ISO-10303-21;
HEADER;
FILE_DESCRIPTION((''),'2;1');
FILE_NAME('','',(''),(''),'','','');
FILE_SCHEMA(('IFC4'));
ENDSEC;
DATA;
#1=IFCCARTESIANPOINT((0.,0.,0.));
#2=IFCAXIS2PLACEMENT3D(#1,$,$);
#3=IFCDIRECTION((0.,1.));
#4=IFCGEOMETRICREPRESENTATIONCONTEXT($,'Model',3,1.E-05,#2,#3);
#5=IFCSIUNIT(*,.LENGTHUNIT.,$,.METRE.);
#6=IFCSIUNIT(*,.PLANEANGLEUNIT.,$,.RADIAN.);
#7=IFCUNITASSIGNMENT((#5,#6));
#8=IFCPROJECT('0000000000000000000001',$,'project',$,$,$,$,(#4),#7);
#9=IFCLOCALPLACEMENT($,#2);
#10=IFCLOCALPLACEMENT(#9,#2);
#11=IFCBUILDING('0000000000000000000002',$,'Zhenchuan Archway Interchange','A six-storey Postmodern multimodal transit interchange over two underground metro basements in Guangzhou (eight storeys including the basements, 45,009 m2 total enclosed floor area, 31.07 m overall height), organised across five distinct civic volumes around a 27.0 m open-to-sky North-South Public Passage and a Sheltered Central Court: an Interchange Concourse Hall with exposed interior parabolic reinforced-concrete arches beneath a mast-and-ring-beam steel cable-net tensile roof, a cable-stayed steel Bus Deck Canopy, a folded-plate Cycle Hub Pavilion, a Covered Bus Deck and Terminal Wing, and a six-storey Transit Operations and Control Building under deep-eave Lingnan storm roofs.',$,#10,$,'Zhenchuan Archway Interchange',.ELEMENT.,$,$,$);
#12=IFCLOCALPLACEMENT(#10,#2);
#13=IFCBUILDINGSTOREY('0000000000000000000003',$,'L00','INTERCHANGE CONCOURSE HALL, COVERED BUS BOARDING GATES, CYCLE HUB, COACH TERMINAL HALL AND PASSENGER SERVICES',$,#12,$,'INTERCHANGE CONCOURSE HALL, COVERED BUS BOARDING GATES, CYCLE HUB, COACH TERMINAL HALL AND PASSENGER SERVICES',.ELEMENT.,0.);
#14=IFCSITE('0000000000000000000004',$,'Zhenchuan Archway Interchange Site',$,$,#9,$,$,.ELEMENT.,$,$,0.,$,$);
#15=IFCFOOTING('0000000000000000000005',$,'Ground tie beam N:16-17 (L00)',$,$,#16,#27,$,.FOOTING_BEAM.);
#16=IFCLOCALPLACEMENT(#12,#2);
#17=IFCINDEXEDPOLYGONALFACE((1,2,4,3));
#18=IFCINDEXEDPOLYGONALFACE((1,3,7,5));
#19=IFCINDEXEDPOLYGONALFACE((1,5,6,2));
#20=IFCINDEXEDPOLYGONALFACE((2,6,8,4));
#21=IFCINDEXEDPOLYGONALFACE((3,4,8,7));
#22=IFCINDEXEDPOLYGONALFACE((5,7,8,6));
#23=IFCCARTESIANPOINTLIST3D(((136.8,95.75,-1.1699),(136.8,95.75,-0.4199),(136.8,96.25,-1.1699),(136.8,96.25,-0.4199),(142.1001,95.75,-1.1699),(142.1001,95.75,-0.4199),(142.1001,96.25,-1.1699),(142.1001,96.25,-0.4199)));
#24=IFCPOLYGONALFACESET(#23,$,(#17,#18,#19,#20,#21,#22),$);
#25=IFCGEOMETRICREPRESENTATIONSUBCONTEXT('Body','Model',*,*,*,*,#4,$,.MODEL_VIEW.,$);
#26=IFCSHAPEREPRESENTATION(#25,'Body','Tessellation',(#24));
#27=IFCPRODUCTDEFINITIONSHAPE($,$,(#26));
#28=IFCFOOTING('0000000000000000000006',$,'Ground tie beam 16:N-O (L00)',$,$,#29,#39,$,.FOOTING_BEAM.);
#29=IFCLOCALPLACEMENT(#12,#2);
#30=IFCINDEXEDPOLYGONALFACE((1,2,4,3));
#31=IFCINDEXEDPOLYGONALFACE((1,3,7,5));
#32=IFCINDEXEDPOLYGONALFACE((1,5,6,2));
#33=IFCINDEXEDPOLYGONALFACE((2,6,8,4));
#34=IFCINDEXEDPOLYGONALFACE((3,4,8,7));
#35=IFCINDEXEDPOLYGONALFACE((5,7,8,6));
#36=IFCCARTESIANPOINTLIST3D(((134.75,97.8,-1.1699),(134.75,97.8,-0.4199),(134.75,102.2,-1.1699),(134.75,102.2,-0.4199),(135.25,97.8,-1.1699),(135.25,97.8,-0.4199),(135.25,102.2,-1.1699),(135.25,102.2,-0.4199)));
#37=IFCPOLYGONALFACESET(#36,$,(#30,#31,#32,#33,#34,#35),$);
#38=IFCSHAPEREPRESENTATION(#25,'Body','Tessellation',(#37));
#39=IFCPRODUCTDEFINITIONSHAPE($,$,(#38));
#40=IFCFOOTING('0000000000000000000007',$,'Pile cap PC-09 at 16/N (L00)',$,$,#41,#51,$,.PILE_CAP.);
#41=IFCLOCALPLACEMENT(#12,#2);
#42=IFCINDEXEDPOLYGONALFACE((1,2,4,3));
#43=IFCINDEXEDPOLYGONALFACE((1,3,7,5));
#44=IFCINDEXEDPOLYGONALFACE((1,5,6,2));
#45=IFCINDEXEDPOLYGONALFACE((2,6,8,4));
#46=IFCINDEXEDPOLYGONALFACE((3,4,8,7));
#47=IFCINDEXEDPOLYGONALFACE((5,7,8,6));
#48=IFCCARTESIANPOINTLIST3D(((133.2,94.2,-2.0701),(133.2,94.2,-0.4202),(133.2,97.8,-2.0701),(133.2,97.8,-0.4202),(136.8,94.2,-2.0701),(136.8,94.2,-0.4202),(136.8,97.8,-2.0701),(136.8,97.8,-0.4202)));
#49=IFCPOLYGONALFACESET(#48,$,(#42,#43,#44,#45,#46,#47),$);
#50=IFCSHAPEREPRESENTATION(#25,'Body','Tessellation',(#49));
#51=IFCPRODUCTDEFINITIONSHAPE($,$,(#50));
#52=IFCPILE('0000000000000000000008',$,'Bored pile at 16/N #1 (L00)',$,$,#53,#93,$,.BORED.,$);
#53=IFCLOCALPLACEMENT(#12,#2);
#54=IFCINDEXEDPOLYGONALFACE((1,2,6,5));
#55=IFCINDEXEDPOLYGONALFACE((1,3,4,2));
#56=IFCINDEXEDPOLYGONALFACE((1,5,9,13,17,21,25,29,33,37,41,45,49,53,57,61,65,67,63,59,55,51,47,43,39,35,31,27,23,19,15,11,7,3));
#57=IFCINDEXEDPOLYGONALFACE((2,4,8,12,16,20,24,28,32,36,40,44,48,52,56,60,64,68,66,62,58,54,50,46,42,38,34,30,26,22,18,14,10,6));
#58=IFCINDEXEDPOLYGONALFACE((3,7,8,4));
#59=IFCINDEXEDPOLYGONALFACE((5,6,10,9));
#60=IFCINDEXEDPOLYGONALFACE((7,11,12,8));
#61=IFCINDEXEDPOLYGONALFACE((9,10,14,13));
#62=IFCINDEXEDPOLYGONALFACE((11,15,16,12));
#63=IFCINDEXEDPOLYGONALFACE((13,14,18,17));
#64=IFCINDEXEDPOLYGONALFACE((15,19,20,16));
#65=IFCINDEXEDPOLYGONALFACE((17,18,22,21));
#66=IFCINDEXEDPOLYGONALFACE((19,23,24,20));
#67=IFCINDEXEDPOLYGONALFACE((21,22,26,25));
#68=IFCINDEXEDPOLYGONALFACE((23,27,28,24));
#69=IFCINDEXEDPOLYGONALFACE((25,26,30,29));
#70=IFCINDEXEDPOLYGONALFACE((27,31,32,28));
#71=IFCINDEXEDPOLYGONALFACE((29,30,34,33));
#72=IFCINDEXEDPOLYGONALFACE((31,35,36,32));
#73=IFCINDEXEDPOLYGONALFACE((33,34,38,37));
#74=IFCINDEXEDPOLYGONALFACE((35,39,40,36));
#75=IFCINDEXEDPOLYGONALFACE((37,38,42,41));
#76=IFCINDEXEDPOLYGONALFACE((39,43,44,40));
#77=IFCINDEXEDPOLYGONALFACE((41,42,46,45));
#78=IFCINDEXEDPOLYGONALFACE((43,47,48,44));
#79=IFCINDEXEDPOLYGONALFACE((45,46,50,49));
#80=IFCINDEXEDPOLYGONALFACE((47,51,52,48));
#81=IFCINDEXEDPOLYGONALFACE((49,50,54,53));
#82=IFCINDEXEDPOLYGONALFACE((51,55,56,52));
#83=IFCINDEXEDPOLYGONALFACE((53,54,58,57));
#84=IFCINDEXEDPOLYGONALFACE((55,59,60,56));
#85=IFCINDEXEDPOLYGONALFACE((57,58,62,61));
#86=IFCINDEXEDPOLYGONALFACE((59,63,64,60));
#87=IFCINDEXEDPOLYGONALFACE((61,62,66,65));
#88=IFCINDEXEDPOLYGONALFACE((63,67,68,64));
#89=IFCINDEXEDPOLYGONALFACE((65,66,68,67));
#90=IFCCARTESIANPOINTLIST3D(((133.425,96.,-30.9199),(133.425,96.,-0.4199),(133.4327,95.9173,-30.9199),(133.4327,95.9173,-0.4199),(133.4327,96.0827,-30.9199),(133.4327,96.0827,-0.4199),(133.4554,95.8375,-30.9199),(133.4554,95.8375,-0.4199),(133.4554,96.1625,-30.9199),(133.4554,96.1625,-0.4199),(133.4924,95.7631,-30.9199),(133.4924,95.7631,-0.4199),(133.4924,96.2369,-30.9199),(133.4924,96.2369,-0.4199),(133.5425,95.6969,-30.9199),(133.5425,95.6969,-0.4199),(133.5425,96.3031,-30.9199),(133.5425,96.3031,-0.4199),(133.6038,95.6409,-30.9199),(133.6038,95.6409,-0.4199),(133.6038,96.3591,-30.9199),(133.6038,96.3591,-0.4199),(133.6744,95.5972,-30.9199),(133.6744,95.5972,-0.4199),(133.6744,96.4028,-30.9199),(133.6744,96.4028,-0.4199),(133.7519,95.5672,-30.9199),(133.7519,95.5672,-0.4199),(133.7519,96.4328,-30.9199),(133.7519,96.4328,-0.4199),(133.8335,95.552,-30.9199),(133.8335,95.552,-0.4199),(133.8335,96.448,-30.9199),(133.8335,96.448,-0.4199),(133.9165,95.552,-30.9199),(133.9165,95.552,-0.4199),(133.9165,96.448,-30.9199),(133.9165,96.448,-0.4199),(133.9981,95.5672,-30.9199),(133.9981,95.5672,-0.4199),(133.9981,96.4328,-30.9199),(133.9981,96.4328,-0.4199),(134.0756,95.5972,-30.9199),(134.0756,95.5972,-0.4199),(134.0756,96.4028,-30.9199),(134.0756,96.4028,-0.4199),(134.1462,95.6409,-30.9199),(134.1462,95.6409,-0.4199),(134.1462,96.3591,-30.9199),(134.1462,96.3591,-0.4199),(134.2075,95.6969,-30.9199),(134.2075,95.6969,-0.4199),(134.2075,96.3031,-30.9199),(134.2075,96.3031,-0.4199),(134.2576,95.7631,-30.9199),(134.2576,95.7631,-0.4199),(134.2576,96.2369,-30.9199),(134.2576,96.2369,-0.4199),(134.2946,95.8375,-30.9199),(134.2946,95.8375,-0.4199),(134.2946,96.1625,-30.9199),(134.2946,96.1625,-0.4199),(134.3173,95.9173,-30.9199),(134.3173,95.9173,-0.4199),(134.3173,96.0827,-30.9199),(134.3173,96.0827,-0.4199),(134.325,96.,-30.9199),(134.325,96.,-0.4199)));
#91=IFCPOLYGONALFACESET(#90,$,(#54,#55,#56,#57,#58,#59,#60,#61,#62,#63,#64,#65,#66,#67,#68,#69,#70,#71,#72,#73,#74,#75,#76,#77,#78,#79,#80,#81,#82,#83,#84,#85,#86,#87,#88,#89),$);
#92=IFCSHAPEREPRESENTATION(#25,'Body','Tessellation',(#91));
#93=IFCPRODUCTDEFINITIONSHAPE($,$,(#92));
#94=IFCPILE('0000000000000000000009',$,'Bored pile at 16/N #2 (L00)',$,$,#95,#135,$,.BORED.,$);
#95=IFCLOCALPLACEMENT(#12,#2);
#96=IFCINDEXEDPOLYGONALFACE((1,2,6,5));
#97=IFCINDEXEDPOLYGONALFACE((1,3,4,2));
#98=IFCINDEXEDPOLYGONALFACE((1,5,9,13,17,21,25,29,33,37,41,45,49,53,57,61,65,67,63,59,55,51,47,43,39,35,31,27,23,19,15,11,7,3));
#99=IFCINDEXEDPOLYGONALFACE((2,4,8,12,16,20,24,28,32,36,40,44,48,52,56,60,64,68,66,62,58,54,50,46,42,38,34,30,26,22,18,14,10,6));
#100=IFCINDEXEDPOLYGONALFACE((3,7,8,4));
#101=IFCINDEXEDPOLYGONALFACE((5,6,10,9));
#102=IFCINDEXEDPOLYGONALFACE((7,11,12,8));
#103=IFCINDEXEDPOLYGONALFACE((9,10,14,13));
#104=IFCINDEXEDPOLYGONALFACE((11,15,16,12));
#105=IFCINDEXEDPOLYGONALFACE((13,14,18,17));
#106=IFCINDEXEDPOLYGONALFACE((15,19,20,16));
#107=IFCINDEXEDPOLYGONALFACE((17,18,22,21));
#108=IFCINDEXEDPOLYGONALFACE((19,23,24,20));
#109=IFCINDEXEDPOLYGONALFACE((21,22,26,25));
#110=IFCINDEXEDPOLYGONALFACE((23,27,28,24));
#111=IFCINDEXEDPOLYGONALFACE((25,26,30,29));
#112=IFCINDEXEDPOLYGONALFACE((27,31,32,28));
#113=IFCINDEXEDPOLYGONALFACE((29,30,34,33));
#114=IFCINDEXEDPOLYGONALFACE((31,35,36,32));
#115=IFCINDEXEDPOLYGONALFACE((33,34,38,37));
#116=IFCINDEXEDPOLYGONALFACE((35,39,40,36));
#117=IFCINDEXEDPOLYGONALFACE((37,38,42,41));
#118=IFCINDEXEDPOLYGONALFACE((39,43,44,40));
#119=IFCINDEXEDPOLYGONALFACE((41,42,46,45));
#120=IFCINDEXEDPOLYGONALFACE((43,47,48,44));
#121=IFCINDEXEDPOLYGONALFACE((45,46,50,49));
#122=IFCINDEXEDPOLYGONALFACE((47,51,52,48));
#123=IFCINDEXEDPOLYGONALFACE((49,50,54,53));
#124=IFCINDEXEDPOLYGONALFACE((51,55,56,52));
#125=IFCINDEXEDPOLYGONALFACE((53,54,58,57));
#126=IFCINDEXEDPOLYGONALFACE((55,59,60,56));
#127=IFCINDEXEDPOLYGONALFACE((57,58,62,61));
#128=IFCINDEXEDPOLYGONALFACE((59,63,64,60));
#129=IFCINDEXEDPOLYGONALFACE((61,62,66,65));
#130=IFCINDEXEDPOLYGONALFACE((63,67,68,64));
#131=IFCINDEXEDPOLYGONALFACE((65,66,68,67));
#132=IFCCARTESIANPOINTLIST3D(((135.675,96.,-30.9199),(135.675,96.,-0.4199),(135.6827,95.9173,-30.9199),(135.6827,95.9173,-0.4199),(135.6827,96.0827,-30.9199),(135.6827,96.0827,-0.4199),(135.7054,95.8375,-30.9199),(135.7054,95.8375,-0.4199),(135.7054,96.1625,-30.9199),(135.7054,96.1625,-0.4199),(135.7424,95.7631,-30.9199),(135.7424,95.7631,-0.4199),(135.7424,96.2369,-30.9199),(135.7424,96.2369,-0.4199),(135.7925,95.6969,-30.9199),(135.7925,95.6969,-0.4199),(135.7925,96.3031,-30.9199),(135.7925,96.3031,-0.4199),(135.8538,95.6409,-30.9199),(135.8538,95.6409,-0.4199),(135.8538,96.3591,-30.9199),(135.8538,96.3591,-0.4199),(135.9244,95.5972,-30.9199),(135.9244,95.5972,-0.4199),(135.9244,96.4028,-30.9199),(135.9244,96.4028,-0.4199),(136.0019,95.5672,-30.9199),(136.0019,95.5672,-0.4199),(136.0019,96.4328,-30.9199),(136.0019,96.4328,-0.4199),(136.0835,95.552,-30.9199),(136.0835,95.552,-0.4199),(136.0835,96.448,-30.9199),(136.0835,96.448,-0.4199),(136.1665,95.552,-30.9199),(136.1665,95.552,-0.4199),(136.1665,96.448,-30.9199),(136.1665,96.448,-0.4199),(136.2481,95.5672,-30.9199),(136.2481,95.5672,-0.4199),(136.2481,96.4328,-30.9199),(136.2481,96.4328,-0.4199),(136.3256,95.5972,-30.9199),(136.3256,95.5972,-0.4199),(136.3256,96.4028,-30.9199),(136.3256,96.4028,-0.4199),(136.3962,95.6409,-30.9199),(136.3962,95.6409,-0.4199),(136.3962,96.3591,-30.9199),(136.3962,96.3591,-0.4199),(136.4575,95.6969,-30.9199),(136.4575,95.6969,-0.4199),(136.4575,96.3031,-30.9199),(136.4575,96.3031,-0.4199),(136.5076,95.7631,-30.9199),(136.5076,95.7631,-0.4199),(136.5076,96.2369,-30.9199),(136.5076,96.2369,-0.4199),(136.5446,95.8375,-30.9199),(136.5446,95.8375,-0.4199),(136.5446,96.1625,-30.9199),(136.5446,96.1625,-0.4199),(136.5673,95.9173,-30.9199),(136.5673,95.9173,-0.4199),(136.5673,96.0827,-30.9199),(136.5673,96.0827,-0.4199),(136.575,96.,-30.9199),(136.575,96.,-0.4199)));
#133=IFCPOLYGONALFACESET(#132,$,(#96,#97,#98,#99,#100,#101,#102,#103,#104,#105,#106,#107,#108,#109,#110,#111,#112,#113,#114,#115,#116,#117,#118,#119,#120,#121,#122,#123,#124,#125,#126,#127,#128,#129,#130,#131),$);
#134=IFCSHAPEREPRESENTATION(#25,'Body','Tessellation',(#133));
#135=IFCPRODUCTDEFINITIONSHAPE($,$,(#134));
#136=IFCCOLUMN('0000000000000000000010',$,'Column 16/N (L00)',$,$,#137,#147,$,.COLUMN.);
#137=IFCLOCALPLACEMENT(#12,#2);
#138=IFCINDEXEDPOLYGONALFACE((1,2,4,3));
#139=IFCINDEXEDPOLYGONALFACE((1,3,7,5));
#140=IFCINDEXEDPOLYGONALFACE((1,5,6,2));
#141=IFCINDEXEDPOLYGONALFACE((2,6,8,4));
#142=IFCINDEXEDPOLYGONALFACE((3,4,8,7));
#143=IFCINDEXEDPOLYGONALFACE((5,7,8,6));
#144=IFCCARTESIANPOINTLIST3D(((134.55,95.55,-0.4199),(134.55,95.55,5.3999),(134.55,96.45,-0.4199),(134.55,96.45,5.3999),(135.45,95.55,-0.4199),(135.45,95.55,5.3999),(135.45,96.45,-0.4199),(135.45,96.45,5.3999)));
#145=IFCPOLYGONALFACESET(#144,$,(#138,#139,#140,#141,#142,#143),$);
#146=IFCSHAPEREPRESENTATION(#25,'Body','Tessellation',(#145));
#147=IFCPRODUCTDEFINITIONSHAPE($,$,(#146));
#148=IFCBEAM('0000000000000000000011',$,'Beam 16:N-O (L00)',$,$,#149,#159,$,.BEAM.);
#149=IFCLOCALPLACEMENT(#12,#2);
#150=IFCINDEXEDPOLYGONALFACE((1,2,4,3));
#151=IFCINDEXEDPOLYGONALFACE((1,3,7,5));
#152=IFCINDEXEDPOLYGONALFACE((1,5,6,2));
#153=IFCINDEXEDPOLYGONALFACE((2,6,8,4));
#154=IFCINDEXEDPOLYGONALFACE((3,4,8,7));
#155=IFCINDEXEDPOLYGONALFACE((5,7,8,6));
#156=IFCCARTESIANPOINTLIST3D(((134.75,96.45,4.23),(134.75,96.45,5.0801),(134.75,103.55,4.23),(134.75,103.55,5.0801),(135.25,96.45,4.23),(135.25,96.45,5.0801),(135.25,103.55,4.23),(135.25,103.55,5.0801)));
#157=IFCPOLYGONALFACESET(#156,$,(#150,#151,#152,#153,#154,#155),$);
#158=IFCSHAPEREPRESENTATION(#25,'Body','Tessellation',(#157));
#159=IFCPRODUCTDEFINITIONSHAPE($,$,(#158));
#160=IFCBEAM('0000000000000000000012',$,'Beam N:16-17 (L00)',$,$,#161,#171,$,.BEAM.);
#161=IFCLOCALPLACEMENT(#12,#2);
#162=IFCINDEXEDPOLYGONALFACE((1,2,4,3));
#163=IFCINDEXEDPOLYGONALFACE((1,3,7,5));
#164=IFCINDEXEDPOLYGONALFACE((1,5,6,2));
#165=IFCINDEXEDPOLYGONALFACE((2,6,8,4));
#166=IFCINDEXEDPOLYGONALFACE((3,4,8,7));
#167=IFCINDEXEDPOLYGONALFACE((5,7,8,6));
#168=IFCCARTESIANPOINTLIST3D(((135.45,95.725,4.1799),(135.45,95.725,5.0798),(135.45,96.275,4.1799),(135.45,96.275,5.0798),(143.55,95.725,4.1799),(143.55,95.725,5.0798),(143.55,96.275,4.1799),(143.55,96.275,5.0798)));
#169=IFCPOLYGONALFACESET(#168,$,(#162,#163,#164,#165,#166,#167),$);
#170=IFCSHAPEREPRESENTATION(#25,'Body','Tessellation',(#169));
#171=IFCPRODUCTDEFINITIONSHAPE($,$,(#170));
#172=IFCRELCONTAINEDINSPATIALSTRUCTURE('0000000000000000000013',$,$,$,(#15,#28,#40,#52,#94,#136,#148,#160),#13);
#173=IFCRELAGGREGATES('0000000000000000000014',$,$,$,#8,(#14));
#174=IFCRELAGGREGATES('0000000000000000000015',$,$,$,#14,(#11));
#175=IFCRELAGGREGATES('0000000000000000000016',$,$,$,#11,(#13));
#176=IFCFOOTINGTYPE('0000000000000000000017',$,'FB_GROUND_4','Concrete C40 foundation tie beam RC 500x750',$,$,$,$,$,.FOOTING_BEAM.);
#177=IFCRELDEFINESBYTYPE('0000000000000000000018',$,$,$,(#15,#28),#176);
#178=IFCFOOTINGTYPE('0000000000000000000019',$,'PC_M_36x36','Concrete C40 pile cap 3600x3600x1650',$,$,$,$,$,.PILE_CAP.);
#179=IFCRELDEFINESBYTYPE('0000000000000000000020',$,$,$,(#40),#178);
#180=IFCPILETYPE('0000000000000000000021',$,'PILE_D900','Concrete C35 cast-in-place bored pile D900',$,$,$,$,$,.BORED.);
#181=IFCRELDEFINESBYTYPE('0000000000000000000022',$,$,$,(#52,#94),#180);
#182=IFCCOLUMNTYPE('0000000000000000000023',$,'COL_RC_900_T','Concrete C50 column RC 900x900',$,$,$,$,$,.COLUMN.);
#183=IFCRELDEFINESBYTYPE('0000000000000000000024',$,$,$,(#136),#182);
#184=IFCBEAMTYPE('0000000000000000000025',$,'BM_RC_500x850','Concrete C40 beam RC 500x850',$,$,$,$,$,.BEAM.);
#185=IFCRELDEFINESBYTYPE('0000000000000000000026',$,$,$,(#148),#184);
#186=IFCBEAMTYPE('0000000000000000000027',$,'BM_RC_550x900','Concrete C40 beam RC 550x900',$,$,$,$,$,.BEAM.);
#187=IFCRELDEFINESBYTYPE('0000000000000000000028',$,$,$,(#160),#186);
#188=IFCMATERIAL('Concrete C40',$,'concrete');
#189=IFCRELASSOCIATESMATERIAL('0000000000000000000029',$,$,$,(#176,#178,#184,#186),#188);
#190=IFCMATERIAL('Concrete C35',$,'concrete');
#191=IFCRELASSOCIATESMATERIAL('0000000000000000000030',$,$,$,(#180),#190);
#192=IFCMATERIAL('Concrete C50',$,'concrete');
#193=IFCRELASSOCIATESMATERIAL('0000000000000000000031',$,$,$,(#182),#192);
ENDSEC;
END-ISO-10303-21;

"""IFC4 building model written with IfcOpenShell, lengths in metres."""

from ifc_helpers import new_model, si_unit, direction, frame, origin, origin_2d, place, context, subcontext, project, spatial, rectangle, circle, extrude, material, material_profile, profile_set, type_object, element, save


model = new_model("IFC4")

# Units and contexts
model_context = context("Model", 3, precision=1e-05, world=origin(), true_north=direction((0.0, 1.0)))
body_context = subcontext(model_context, "Body", "Model", "MODEL_VIEW")
ifc_project = project(units=[si_unit("LENGTHUNIT", "METRE"), si_unit("PLANEANGLEUNIT", "RADIAN")], contexts=[model_context])

# Site, building, storey
site_placement = place(None, origin())
site = spatial("IfcSite", under=ifc_project, at=site_placement, Name="Zhenchuan Archway Interchange Site", CompositionType="ELEMENT", RefElevation=0.0)
building_placement = place(site_placement, origin())
building = spatial("IfcBuilding", under=site, at=building_placement, Name="Zhenchuan Archway Interchange", Description="A six-storey Postmodern multimodal transit interchange over two underground metro basements in Guangzhou (eight storeys including the basements, 45,009 m2 total enclosed floor area, 31.07 m overall height), organised across five distinct civic volumes around a 27.0 m open-to-sky North-South Public Passage and a Sheltered Central Court: an Interchange Concourse Hall with exposed interior parabolic reinforced-concrete arches beneath a mast-and-ring-beam steel cable-net tensile roof, a cable-stayed steel Bus Deck Canopy, a folded-plate Cycle Hub Pavilion, a Covered Bus Deck and Terminal Wing, and a six-storey Transit Operations and Control Building under deep-eave Lingnan storm roofs.", LongName="Zhenchuan Archway Interchange", CompositionType="ELEMENT")
storey_placement = place(building_placement, origin())
storey = spatial("IfcBuildingStorey", under=building, at=storey_placement, Name="L00", Description="INTERCHANGE CONCOURSE HALL, COVERED BUS BOARDING GATES, CYCLE HUB, COACH TERMINAL HALL AND PASSENGER SERVICES", LongName="INTERCHANGE CONCOURSE HALL, COVERED BUS BOARDING GATES, CYCLE HUB, COACH TERMINAL HALL AND PASSENGER SERVICES", CompositionType="ELEMENT", Elevation=0.0)

# Footings
ifc_material_1 = material(Name="Concrete C40", Category="concrete")
ifc_material_profile_1 = material_profile(ifc_material_1, rectangle(XDim=0.5, YDim=0.75, at=origin_2d()), Name="RC 500x750")
ifc_profile_set_1 = profile_set([ifc_material_profile_1], Name="Concrete C40")
footing_type_1 = type_object("IfcFootingType", Name="FB_GROUND_4", Description="Concrete C40 foundation tie beam RC 500x750", PredefinedType="FOOTING_BEAM", material=ifc_profile_set_1)
footing_1_placement = place(storey_placement, frame((136.8, 96.0, -0.7949), z_axis=(1.0, 0.0, 0.0), x_axis=(0.0, 1.0, 0.0)))
element("IfcFooting", 1, at=footing_1_placement, inside=storey, type_object=footing_type_1, Name="Ground tie beam N:16-17 (L00)", PredefinedType="FOOTING_BEAM", context=body_context, shape_type="SweptSolid", body=[
    extrude(rectangle(XDim=0.5, YDim=0.75, at=origin_2d()), origin(), (0.0, 0.0, 1.0), 5.3),
])
footing_2_placement = place(storey_placement, frame((135.0, 97.8, -0.7949), z_axis=(0.0, 1.0, 0.0), x_axis=(-1.0, 0.0, 0.0)))
element("IfcFooting", 2, at=footing_2_placement, inside=storey, type_object=footing_type_1, Name="Ground tie beam 16:N-O (L00)", PredefinedType="FOOTING_BEAM", context=body_context, shape_type="SweptSolid", body=[
    extrude(rectangle(XDim=0.5, YDim=0.75, at=origin_2d()), origin(), (0.0, 0.0, 1.0), 4.3999),
])
footing_type_2 = type_object("IfcFootingType", Name="PC_M_36x36", Description="Concrete C40 pile cap 3600x3600x1650", PredefinedType="PILE_CAP", material=ifc_material_1)
footing_3_placement = place(storey_placement, frame((135.0, 96.0, -2.0701), z_axis=(0.0, 0.0, 1.0), x_axis=(1.0, 0.0, 0.0)))
element("IfcFooting", 3, at=footing_3_placement, inside=storey, type_object=footing_type_2, Name="Pile cap PC-09 at 16/N (L00)", PredefinedType="PILE_CAP", context=body_context, shape_type="SweptSolid", body=[
    extrude(rectangle(XDim=3.6001, YDim=3.6001, at=origin_2d()), origin(), (0.0, 0.0, 1.0), 1.6499),
])

# Piles
ifc_material_2 = material(Name="Concrete C35", Category="concrete")
ifc_material_profile_2 = material_profile(ifc_material_2, circle(Radius=0.45, at=origin_2d()), Name="BORED PILE 900")
ifc_profile_set_2 = profile_set([ifc_material_profile_2], Name="Concrete C35")
pile_type = type_object("IfcPileType", Name="PILE_D900", Description="Concrete C35 cast-in-place bored pile D900", PredefinedType="BORED", material=ifc_profile_set_2)
for number, where, z_axis, x_axis, name in (
    (4, (133.875, 96.0, -0.4199), (0.0, 0.0, -1.0), (1.0, 0.0, 0.0), "Bored pile at 16/N #1 (L00)"),
    (5, (136.125, 96.0, -0.4199), (0.0, 0.0, -1.0), (1.0, 0.0, 0.0), "Bored pile at 16/N #2 (L00)"),
):
    element("IfcPile", number, at=place(storey_placement, frame(where, z_axis=z_axis, x_axis=x_axis)), inside=storey, type_object=pile_type, Name=name, PredefinedType="BORED", context=body_context, shape_type="SweptSolid", body=[
        extrude(circle(Radius=0.45, at=origin_2d()), origin(), (0.0, 0.0, 1.0), 30.5),
    ])

# Column
ifc_material_3 = material(Name="Concrete C50", Category="concrete")
ifc_material_profile_3 = material_profile(ifc_material_3, rectangle(XDim=0.8999, YDim=0.8999, at=origin_2d()), Name="RC 900x900")
ifc_profile_set_3 = profile_set([ifc_material_profile_3], Name="Concrete C50")
column_type = type_object("IfcColumnType", Name="COL_RC_900_T", Description="Concrete C50 column RC 900x900", PredefinedType="COLUMN", material=ifc_profile_set_3)
column_placement = place(storey_placement, frame((135.0, 96.0, -0.4199), z_axis=(0.0, 0.0, 1.0), x_axis=(1.0, 0.0, 0.0)))
element("IfcColumn", 6, at=column_placement, inside=storey, type_object=column_type, Name="Column 16/N (L00)", PredefinedType="COLUMN", context=body_context, shape_type="SweptSolid", body=[
    extrude(rectangle(XDim=0.8999, YDim=0.8999, at=origin_2d()), origin(), (0.0, 0.0, 1.0), 5.8198),
])

# Beams
ifc_material_profile_4 = material_profile(ifc_material_1, rectangle(XDim=0.5, YDim=0.8501, at=origin_2d()), Name="RC 500x850")
ifc_profile_set_4 = profile_set([ifc_material_profile_4], Name="Concrete C40")
beam_type_1 = type_object("IfcBeamType", Name="BM_RC_500x850", Description="Concrete C40 beam RC 500x850", PredefinedType="BEAM", material=ifc_profile_set_4)
beam_1_placement = place(storey_placement, frame((135.0, 96.45, 4.655), z_axis=(0.0, 1.0, 0.0), x_axis=(-1.0, 0.0, 0.0)))
element("IfcBeam", 7, at=beam_1_placement, inside=storey, type_object=beam_type_1, Name="Beam 16:N-O (L00)", PredefinedType="BEAM", context=body_context, shape_type="SweptSolid", body=[
    extrude(rectangle(XDim=0.5, YDim=0.8501, at=origin_2d()), origin(), (0.0, 0.0, 1.0), 7.1001),
])
ifc_material_profile_5 = material_profile(ifc_material_1, rectangle(XDim=0.55, YDim=0.8999, at=origin_2d()), Name="RC 550x900")
ifc_profile_set_5 = profile_set([ifc_material_profile_5], Name="Concrete C40")
beam_type_2 = type_object("IfcBeamType", Name="BM_RC_550x900", Description="Concrete C40 beam RC 550x900", PredefinedType="BEAM", material=ifc_profile_set_5)
beam_2_placement = place(storey_placement, frame((135.45, 96.0, 4.6299), z_axis=(1.0, 0.0, 0.0), x_axis=(0.0, 1.0, 0.0)))
element("IfcBeam", 8, at=beam_2_placement, inside=storey, type_object=beam_type_2, Name="Beam N:16-17 (L00)", PredefinedType="BEAM", context=body_context, shape_type="SweptSolid", body=[
    extrude(rectangle(XDim=0.55, YDim=0.8999, at=origin_2d()), origin(), (0.0, 0.0, 1.0), 8.1001),
])

save(model, "model.ifc")
